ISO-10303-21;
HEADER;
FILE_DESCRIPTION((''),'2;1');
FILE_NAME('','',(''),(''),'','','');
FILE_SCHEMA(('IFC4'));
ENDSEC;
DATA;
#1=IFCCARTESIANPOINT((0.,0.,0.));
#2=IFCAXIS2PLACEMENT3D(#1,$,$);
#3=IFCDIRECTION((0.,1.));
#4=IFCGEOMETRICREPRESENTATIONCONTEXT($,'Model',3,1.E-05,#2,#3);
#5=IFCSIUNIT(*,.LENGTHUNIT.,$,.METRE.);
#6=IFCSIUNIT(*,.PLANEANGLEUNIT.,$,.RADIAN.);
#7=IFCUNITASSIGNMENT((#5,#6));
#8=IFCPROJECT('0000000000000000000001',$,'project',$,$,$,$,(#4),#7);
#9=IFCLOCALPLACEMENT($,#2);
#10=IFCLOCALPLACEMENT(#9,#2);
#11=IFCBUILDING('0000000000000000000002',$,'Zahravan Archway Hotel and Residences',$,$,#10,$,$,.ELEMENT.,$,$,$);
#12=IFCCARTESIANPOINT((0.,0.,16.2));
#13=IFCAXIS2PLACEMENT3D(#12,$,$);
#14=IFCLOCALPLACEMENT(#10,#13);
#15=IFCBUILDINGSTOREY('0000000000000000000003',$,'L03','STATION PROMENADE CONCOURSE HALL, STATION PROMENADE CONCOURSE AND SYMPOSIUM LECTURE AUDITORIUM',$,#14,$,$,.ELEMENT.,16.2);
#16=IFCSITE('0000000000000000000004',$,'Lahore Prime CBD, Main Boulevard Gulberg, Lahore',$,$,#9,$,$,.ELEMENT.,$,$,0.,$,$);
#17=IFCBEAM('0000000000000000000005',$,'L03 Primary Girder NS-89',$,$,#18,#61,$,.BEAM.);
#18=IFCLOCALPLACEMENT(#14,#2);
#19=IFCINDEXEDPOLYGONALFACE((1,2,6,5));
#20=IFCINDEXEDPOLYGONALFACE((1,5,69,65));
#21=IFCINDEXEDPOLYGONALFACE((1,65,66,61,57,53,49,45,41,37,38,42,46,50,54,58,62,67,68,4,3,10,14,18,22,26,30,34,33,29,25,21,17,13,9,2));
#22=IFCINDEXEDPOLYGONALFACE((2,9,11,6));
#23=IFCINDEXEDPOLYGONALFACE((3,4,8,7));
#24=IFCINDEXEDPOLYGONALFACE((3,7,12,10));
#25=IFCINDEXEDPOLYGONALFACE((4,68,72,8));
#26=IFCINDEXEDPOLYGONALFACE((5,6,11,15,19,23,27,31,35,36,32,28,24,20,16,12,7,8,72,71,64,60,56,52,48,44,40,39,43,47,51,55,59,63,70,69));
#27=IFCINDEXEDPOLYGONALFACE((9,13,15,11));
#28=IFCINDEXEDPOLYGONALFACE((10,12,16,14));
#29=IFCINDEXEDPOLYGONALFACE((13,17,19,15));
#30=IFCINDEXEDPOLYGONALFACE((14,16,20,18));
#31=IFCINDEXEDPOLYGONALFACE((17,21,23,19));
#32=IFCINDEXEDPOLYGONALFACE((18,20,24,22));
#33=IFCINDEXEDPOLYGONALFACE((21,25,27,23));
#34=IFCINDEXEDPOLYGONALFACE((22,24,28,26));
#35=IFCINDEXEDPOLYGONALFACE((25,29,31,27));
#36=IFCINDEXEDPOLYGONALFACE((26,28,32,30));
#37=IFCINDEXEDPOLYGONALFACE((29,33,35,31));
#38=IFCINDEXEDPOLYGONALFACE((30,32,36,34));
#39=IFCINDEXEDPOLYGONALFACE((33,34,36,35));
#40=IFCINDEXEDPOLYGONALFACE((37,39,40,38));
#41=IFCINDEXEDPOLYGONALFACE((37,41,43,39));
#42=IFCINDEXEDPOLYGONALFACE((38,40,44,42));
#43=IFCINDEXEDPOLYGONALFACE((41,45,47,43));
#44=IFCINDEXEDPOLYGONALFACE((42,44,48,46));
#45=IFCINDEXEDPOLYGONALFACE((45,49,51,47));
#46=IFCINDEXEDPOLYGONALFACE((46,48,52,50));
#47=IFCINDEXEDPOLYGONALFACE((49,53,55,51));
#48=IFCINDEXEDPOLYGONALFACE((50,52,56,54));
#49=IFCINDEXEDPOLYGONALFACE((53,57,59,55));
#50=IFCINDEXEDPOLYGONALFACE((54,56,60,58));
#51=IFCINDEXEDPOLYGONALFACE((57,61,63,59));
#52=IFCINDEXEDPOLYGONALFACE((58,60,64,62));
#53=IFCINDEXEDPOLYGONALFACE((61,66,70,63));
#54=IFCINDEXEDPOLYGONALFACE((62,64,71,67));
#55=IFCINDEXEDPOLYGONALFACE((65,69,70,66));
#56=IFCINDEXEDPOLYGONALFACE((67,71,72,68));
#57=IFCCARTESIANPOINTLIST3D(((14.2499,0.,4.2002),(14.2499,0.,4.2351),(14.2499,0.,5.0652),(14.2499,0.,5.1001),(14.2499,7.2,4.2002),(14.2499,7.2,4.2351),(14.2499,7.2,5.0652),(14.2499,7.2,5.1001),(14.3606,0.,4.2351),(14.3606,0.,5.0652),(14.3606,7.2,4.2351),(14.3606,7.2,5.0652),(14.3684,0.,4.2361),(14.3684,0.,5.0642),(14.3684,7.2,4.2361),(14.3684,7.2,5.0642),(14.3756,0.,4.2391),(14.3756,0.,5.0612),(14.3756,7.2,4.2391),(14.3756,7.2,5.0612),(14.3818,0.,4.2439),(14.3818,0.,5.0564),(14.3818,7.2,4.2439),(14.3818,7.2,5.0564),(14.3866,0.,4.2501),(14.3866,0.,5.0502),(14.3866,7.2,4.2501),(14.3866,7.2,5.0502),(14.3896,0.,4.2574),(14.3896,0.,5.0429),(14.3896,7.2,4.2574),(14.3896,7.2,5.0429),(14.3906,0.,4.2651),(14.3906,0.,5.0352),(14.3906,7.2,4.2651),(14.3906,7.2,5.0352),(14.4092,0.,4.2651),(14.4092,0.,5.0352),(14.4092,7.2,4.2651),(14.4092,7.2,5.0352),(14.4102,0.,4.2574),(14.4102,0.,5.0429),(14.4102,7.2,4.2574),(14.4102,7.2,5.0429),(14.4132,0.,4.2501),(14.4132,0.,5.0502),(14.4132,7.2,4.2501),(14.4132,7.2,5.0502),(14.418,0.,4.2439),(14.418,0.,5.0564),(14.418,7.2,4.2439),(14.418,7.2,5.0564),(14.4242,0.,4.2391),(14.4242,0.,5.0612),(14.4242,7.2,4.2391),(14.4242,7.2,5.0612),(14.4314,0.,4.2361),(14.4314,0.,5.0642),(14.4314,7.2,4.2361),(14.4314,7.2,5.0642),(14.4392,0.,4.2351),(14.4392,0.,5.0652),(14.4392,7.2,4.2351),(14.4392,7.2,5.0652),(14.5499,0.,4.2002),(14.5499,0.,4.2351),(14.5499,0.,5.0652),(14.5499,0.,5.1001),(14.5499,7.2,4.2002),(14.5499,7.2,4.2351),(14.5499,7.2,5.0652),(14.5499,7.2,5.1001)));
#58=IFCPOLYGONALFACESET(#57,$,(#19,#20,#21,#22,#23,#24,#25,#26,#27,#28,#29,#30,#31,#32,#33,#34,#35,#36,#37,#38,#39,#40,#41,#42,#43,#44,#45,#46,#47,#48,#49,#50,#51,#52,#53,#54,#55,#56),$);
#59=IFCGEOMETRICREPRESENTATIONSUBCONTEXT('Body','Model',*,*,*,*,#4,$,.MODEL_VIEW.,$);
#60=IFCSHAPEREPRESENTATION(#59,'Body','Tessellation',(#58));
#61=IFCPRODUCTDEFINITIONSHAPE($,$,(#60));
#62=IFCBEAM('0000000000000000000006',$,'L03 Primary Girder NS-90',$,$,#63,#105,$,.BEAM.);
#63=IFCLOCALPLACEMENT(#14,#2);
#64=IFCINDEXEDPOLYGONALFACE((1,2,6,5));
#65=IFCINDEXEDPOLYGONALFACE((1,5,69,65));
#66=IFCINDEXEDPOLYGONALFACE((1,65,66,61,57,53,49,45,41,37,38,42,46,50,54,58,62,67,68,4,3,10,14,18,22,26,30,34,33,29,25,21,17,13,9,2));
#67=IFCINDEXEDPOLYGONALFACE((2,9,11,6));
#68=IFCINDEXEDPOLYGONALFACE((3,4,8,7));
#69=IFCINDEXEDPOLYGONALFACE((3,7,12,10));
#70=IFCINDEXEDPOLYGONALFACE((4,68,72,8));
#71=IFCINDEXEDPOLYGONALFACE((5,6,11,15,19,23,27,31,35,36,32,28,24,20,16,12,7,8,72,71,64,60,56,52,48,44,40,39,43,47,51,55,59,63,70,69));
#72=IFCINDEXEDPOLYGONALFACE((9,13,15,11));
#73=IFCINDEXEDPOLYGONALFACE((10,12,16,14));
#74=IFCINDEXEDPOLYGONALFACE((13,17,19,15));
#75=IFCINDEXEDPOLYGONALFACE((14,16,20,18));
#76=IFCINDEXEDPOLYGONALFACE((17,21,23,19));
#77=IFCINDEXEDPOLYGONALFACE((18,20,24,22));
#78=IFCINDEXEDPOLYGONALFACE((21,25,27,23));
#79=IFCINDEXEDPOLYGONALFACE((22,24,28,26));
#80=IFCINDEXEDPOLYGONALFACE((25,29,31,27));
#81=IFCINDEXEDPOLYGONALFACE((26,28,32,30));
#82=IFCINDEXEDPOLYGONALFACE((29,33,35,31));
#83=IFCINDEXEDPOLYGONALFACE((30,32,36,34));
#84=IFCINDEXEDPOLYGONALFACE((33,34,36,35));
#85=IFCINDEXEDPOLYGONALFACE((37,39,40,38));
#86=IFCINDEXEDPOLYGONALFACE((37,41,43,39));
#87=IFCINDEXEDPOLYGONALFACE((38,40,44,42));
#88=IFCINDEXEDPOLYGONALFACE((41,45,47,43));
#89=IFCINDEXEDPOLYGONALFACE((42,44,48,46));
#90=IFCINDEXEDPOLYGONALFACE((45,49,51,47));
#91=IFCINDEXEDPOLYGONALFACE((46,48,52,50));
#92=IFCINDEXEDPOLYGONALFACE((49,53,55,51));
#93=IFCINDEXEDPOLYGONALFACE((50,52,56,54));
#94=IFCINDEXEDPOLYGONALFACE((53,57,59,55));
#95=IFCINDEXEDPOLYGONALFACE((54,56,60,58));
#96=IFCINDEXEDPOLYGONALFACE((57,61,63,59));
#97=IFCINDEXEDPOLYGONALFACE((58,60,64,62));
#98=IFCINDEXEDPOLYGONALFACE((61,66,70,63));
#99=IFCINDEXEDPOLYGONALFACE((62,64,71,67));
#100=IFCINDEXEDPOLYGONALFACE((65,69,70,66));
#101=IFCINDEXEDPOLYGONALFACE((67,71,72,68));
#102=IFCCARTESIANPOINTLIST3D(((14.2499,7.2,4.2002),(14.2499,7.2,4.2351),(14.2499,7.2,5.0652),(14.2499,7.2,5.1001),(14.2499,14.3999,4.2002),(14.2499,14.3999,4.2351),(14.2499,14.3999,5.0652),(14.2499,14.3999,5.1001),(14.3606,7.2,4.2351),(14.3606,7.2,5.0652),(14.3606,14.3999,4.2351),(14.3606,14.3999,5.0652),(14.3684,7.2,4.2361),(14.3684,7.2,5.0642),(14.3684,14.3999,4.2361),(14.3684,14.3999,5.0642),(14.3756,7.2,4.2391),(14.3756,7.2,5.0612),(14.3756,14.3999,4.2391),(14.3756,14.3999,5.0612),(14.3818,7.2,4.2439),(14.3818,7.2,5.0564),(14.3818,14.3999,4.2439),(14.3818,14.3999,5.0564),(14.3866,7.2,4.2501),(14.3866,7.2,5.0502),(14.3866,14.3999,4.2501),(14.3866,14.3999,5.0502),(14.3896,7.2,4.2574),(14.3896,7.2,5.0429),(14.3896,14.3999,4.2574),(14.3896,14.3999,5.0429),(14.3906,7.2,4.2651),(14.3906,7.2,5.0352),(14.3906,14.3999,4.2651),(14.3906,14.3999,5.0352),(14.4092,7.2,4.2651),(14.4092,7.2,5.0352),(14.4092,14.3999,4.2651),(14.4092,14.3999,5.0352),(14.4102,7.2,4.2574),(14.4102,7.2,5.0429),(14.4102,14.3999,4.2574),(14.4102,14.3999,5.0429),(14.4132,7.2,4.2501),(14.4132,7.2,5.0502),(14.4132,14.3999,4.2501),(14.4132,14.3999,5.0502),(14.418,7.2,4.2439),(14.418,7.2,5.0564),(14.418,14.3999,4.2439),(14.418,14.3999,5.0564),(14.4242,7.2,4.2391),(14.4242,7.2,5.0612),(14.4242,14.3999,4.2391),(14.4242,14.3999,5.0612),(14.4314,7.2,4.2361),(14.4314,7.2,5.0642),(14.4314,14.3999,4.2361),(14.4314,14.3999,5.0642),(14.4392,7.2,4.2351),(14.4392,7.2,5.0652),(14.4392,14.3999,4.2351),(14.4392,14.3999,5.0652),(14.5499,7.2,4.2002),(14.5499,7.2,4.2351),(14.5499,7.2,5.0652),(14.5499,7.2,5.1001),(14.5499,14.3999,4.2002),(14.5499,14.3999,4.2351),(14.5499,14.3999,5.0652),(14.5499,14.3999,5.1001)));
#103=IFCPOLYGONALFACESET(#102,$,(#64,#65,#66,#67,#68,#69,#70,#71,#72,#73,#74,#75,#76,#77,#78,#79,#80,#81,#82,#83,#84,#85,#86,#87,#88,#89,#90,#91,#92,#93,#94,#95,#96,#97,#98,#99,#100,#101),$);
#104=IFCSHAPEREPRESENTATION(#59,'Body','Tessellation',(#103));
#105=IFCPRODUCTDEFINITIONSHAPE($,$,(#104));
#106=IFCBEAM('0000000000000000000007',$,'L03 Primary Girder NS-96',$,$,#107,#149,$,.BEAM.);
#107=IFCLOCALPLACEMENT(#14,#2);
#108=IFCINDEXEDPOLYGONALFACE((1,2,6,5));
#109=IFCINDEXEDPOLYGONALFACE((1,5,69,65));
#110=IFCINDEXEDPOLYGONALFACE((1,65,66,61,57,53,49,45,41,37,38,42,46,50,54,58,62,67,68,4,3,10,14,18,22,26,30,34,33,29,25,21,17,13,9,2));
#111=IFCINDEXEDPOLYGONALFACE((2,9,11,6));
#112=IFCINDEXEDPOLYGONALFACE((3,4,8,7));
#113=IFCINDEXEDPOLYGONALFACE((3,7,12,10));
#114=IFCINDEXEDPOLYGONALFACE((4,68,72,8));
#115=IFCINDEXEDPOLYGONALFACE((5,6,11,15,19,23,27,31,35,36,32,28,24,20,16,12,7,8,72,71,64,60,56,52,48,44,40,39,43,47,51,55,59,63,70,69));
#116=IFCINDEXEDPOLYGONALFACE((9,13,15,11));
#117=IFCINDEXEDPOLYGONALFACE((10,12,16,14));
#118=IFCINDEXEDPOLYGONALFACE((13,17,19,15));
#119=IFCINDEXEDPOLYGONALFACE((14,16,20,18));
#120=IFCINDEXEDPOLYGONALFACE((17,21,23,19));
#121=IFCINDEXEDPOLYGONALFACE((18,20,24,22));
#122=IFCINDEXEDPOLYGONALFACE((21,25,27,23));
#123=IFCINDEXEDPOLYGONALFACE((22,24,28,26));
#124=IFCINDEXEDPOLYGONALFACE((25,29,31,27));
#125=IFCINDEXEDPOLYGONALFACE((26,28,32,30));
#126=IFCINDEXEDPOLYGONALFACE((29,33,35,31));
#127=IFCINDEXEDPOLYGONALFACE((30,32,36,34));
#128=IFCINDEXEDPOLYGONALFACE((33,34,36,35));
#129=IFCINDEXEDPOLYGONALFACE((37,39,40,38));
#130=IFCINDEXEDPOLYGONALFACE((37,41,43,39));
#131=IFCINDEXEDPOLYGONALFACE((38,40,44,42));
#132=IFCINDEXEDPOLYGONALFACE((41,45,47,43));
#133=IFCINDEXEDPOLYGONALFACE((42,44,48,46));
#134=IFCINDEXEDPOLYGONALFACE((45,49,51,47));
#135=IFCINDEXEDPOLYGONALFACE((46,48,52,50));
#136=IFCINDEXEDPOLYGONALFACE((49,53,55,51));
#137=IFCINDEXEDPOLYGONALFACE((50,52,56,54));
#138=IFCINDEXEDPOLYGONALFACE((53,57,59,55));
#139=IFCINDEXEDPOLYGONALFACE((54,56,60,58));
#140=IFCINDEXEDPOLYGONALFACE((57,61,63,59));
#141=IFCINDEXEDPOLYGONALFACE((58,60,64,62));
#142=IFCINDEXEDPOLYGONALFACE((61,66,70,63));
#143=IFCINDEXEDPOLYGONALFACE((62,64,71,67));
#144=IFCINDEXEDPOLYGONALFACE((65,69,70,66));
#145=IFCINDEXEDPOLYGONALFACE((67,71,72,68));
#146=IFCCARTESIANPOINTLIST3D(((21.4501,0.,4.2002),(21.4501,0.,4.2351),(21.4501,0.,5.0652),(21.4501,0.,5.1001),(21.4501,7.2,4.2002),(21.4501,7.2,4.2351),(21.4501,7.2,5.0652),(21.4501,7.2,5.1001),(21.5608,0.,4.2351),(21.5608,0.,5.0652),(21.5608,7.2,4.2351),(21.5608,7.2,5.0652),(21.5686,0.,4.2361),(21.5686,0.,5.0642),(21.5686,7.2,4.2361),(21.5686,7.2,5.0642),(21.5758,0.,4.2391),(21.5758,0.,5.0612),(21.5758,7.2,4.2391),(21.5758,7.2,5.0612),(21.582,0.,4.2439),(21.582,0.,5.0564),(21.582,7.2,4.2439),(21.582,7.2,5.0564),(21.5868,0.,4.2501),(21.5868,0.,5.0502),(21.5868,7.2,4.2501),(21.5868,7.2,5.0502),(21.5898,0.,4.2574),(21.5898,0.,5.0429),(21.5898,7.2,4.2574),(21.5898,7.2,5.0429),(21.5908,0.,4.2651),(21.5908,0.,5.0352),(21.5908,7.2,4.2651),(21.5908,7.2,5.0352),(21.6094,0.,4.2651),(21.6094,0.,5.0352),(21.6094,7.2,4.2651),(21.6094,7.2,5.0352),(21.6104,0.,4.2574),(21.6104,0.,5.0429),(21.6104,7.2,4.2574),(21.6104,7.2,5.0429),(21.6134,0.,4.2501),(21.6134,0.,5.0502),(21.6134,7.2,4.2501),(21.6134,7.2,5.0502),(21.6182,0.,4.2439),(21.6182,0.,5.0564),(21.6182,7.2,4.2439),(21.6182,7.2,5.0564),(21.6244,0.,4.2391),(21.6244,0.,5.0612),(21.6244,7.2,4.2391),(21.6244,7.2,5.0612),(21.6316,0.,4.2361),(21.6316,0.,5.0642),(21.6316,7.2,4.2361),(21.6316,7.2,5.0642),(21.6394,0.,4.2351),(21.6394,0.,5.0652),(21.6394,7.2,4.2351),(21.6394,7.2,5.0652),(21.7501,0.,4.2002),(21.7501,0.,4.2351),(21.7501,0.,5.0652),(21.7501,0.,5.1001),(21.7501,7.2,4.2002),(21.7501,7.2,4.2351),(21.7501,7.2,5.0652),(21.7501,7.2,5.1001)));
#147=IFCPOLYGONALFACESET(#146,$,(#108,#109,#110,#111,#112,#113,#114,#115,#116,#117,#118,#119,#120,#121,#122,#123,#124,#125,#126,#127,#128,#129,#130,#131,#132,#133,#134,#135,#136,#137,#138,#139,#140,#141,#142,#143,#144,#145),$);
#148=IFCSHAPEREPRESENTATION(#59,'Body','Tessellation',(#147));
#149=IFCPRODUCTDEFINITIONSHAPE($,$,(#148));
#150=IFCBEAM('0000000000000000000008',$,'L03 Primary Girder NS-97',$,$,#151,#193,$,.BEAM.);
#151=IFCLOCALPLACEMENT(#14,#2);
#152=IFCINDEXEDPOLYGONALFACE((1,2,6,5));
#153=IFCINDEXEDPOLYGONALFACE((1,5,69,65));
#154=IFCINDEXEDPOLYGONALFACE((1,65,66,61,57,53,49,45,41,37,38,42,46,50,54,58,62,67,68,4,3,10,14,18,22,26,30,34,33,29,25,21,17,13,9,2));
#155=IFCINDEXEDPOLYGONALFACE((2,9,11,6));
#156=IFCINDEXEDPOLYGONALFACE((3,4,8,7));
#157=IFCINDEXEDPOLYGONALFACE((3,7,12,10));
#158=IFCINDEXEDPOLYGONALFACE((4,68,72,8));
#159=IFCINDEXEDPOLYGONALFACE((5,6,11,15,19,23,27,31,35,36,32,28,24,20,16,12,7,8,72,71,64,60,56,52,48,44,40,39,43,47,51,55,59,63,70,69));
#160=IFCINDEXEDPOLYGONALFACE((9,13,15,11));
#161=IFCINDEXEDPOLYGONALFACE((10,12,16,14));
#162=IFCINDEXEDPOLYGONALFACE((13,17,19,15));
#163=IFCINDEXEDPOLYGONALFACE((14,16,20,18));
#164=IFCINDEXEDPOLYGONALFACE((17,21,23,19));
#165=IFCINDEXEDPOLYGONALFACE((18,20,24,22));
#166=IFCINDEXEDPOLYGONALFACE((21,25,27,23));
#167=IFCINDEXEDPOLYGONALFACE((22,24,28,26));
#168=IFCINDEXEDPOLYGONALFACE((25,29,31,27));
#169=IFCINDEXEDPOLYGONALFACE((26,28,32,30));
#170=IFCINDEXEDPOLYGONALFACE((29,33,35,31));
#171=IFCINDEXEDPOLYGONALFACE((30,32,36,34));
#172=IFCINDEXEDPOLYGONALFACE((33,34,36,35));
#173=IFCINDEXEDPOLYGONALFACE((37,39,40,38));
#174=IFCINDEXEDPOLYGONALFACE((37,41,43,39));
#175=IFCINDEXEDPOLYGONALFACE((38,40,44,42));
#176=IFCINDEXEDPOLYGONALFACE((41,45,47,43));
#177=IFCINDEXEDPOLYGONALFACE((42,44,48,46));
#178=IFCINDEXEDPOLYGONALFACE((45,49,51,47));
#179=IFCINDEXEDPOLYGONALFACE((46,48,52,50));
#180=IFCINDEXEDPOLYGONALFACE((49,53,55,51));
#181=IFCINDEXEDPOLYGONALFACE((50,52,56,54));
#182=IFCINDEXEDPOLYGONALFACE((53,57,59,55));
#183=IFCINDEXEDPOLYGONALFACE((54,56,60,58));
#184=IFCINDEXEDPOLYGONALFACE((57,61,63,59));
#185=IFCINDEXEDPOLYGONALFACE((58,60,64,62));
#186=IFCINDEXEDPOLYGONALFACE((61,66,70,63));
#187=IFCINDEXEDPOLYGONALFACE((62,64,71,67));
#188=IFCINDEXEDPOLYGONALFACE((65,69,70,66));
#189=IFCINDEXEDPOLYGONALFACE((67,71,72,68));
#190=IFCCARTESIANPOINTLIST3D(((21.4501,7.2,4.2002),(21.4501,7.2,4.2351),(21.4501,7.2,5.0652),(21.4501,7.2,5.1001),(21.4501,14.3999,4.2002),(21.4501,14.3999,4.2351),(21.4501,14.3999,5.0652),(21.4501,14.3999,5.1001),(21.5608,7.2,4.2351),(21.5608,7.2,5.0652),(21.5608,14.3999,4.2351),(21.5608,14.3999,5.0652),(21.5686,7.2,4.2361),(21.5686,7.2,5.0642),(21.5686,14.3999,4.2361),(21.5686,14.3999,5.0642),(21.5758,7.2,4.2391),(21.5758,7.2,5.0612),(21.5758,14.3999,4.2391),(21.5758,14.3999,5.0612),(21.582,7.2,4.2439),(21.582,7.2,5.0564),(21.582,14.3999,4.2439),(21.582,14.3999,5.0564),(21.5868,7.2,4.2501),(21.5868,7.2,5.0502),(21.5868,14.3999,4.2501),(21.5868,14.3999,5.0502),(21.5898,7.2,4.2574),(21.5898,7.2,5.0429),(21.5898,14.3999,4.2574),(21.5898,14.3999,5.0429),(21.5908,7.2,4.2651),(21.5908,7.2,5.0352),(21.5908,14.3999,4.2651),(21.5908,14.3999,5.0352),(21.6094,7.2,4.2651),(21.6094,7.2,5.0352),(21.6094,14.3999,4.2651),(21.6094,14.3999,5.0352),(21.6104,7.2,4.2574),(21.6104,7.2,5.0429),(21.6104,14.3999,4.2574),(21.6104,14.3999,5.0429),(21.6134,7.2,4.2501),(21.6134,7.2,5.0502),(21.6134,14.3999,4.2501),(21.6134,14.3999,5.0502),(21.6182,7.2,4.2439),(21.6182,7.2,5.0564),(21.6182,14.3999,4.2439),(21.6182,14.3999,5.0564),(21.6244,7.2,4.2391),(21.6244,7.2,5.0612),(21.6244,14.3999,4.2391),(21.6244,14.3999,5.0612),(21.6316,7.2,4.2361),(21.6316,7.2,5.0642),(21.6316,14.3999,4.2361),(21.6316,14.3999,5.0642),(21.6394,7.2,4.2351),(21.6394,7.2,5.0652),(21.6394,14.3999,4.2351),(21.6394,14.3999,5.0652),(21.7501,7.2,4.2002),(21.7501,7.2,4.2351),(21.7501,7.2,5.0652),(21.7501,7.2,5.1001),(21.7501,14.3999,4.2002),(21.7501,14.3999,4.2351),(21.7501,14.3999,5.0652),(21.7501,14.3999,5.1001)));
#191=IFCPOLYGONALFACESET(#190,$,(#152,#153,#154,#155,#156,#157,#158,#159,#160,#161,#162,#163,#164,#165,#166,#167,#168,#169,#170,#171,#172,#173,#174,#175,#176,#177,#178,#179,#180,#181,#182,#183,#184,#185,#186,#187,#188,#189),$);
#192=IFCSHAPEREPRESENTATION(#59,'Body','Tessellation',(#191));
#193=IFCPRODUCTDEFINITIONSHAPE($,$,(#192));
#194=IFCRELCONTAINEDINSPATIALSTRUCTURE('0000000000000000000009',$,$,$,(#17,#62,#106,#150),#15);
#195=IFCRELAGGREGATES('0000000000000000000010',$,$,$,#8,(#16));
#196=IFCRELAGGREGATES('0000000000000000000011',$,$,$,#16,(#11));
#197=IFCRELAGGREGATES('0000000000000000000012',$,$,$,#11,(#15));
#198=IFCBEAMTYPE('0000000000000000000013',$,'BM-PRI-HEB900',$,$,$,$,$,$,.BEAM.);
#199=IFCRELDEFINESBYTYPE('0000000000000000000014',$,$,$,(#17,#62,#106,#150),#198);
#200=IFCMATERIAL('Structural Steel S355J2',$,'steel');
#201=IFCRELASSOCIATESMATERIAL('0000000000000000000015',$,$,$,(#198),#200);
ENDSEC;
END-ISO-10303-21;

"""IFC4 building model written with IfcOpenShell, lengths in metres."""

from ifc_helpers import new_model, si_unit, direction, frame, origin, origin_2d, place, context, subcontext, project, spatial, i_section, extrude, source, transform, mapped, material, material_profile, profile_set, type_object, element, save


model = new_model("IFC4")

# Units and contexts
model_context = context("Model", 3, precision=1e-05, world=origin(), true_north=direction((0.0, 1.0)))
body_context = subcontext(model_context, "Body", "Model", "MODEL_VIEW")
ifc_project = project(units=[si_unit("LENGTHUNIT", "METRE"), si_unit("PLANEANGLEUNIT", "RADIAN")], contexts=[model_context])

# Site, building, storey
site_placement = place(None, origin())
site = spatial("IfcSite", under=ifc_project, at=site_placement, Name="Lahore Prime CBD, Main Boulevard Gulberg, Lahore", CompositionType="ELEMENT", RefElevation=0.0)
building_placement = place(site_placement, origin())
building = spatial("IfcBuilding", under=site, at=building_placement, Name="Zahravan Archway Hotel and Residences", CompositionType="ELEMENT")
storey_placement = place(building_placement, frame((0.0, 0.0, 16.2)))
storey = spatial("IfcBuildingStorey", under=building, at=storey_placement, Name="L03", Description="STATION PROMENADE CONCOURSE HALL, STATION PROMENADE CONCOURSE AND SYMPOSIUM LECTURE AUDITORIUM", CompositionType="ELEMENT", Elevation=16.2)

# Beams
ifc_material_1 = material(Name="Structural Steel S355J2", Category="steel")
ifc_material_profile_1 = material_profile(ifc_material_1, i_section(OverallWidth=0.3, OverallDepth=0.8999, WebThickness=0.0186, FlangeThickness=0.0349, FilletRadius=0.03, at=origin_2d()), Name="HEB 900", Category="steel")
ifc_profile_set_1 = profile_set([ifc_material_profile_1], Name="Structural Steel S355J2")
beam_type_1 = type_object("IfcBeamType", Name="BM-PRI-HEB900", PredefinedType="BEAM", material=ifc_profile_set_1)
shared_shape_1 = source(origin(), body_context, "Body", "SweptSolid", [
    extrude(i_section(OverallWidth=0.3, OverallDepth=0.8999, WebThickness=0.0186, FlangeThickness=0.0349, FilletRadius=0.03, at=origin_2d()), origin(), (0.0, 0.0, 1.0), 7.2),
])
for number, where, z_axis, x_axis, name in (
    (1, (14.3999, 0.0, 4.6501), (0.0, 1.0, 0.0), (-1.0, 0.0, 0.0), "L03 Primary Girder NS-89"),
    (2, (14.3999, 7.2, 4.6501), (0.0, 1.0, 0.0), (-1.0, 0.0, 0.0), "L03 Primary Girder NS-90"),
    (3, (21.6001, 0.0, 4.6501), (0.0, 1.0, 0.0), (-1.0, 0.0, 0.0), "L03 Primary Girder NS-96"),
    (4, (21.6001, 7.2, 4.6501), (0.0, 1.0, 0.0), (-1.0, 0.0, 0.0), "L03 Primary Girder NS-97"),
):
    element("IfcBeam", number, at=place(storey_placement, frame(where, z_axis=z_axis, x_axis=x_axis)), inside=storey, type_object=beam_type_1, Name=name, PredefinedType="BEAM", context=body_context, shape_type="MappedRepresentation", body=[
        mapped(shared_shape_1, transform((0.0, 0.0, 0.0), scale=1.0)),
    ])

save(model, "model.ifc")
